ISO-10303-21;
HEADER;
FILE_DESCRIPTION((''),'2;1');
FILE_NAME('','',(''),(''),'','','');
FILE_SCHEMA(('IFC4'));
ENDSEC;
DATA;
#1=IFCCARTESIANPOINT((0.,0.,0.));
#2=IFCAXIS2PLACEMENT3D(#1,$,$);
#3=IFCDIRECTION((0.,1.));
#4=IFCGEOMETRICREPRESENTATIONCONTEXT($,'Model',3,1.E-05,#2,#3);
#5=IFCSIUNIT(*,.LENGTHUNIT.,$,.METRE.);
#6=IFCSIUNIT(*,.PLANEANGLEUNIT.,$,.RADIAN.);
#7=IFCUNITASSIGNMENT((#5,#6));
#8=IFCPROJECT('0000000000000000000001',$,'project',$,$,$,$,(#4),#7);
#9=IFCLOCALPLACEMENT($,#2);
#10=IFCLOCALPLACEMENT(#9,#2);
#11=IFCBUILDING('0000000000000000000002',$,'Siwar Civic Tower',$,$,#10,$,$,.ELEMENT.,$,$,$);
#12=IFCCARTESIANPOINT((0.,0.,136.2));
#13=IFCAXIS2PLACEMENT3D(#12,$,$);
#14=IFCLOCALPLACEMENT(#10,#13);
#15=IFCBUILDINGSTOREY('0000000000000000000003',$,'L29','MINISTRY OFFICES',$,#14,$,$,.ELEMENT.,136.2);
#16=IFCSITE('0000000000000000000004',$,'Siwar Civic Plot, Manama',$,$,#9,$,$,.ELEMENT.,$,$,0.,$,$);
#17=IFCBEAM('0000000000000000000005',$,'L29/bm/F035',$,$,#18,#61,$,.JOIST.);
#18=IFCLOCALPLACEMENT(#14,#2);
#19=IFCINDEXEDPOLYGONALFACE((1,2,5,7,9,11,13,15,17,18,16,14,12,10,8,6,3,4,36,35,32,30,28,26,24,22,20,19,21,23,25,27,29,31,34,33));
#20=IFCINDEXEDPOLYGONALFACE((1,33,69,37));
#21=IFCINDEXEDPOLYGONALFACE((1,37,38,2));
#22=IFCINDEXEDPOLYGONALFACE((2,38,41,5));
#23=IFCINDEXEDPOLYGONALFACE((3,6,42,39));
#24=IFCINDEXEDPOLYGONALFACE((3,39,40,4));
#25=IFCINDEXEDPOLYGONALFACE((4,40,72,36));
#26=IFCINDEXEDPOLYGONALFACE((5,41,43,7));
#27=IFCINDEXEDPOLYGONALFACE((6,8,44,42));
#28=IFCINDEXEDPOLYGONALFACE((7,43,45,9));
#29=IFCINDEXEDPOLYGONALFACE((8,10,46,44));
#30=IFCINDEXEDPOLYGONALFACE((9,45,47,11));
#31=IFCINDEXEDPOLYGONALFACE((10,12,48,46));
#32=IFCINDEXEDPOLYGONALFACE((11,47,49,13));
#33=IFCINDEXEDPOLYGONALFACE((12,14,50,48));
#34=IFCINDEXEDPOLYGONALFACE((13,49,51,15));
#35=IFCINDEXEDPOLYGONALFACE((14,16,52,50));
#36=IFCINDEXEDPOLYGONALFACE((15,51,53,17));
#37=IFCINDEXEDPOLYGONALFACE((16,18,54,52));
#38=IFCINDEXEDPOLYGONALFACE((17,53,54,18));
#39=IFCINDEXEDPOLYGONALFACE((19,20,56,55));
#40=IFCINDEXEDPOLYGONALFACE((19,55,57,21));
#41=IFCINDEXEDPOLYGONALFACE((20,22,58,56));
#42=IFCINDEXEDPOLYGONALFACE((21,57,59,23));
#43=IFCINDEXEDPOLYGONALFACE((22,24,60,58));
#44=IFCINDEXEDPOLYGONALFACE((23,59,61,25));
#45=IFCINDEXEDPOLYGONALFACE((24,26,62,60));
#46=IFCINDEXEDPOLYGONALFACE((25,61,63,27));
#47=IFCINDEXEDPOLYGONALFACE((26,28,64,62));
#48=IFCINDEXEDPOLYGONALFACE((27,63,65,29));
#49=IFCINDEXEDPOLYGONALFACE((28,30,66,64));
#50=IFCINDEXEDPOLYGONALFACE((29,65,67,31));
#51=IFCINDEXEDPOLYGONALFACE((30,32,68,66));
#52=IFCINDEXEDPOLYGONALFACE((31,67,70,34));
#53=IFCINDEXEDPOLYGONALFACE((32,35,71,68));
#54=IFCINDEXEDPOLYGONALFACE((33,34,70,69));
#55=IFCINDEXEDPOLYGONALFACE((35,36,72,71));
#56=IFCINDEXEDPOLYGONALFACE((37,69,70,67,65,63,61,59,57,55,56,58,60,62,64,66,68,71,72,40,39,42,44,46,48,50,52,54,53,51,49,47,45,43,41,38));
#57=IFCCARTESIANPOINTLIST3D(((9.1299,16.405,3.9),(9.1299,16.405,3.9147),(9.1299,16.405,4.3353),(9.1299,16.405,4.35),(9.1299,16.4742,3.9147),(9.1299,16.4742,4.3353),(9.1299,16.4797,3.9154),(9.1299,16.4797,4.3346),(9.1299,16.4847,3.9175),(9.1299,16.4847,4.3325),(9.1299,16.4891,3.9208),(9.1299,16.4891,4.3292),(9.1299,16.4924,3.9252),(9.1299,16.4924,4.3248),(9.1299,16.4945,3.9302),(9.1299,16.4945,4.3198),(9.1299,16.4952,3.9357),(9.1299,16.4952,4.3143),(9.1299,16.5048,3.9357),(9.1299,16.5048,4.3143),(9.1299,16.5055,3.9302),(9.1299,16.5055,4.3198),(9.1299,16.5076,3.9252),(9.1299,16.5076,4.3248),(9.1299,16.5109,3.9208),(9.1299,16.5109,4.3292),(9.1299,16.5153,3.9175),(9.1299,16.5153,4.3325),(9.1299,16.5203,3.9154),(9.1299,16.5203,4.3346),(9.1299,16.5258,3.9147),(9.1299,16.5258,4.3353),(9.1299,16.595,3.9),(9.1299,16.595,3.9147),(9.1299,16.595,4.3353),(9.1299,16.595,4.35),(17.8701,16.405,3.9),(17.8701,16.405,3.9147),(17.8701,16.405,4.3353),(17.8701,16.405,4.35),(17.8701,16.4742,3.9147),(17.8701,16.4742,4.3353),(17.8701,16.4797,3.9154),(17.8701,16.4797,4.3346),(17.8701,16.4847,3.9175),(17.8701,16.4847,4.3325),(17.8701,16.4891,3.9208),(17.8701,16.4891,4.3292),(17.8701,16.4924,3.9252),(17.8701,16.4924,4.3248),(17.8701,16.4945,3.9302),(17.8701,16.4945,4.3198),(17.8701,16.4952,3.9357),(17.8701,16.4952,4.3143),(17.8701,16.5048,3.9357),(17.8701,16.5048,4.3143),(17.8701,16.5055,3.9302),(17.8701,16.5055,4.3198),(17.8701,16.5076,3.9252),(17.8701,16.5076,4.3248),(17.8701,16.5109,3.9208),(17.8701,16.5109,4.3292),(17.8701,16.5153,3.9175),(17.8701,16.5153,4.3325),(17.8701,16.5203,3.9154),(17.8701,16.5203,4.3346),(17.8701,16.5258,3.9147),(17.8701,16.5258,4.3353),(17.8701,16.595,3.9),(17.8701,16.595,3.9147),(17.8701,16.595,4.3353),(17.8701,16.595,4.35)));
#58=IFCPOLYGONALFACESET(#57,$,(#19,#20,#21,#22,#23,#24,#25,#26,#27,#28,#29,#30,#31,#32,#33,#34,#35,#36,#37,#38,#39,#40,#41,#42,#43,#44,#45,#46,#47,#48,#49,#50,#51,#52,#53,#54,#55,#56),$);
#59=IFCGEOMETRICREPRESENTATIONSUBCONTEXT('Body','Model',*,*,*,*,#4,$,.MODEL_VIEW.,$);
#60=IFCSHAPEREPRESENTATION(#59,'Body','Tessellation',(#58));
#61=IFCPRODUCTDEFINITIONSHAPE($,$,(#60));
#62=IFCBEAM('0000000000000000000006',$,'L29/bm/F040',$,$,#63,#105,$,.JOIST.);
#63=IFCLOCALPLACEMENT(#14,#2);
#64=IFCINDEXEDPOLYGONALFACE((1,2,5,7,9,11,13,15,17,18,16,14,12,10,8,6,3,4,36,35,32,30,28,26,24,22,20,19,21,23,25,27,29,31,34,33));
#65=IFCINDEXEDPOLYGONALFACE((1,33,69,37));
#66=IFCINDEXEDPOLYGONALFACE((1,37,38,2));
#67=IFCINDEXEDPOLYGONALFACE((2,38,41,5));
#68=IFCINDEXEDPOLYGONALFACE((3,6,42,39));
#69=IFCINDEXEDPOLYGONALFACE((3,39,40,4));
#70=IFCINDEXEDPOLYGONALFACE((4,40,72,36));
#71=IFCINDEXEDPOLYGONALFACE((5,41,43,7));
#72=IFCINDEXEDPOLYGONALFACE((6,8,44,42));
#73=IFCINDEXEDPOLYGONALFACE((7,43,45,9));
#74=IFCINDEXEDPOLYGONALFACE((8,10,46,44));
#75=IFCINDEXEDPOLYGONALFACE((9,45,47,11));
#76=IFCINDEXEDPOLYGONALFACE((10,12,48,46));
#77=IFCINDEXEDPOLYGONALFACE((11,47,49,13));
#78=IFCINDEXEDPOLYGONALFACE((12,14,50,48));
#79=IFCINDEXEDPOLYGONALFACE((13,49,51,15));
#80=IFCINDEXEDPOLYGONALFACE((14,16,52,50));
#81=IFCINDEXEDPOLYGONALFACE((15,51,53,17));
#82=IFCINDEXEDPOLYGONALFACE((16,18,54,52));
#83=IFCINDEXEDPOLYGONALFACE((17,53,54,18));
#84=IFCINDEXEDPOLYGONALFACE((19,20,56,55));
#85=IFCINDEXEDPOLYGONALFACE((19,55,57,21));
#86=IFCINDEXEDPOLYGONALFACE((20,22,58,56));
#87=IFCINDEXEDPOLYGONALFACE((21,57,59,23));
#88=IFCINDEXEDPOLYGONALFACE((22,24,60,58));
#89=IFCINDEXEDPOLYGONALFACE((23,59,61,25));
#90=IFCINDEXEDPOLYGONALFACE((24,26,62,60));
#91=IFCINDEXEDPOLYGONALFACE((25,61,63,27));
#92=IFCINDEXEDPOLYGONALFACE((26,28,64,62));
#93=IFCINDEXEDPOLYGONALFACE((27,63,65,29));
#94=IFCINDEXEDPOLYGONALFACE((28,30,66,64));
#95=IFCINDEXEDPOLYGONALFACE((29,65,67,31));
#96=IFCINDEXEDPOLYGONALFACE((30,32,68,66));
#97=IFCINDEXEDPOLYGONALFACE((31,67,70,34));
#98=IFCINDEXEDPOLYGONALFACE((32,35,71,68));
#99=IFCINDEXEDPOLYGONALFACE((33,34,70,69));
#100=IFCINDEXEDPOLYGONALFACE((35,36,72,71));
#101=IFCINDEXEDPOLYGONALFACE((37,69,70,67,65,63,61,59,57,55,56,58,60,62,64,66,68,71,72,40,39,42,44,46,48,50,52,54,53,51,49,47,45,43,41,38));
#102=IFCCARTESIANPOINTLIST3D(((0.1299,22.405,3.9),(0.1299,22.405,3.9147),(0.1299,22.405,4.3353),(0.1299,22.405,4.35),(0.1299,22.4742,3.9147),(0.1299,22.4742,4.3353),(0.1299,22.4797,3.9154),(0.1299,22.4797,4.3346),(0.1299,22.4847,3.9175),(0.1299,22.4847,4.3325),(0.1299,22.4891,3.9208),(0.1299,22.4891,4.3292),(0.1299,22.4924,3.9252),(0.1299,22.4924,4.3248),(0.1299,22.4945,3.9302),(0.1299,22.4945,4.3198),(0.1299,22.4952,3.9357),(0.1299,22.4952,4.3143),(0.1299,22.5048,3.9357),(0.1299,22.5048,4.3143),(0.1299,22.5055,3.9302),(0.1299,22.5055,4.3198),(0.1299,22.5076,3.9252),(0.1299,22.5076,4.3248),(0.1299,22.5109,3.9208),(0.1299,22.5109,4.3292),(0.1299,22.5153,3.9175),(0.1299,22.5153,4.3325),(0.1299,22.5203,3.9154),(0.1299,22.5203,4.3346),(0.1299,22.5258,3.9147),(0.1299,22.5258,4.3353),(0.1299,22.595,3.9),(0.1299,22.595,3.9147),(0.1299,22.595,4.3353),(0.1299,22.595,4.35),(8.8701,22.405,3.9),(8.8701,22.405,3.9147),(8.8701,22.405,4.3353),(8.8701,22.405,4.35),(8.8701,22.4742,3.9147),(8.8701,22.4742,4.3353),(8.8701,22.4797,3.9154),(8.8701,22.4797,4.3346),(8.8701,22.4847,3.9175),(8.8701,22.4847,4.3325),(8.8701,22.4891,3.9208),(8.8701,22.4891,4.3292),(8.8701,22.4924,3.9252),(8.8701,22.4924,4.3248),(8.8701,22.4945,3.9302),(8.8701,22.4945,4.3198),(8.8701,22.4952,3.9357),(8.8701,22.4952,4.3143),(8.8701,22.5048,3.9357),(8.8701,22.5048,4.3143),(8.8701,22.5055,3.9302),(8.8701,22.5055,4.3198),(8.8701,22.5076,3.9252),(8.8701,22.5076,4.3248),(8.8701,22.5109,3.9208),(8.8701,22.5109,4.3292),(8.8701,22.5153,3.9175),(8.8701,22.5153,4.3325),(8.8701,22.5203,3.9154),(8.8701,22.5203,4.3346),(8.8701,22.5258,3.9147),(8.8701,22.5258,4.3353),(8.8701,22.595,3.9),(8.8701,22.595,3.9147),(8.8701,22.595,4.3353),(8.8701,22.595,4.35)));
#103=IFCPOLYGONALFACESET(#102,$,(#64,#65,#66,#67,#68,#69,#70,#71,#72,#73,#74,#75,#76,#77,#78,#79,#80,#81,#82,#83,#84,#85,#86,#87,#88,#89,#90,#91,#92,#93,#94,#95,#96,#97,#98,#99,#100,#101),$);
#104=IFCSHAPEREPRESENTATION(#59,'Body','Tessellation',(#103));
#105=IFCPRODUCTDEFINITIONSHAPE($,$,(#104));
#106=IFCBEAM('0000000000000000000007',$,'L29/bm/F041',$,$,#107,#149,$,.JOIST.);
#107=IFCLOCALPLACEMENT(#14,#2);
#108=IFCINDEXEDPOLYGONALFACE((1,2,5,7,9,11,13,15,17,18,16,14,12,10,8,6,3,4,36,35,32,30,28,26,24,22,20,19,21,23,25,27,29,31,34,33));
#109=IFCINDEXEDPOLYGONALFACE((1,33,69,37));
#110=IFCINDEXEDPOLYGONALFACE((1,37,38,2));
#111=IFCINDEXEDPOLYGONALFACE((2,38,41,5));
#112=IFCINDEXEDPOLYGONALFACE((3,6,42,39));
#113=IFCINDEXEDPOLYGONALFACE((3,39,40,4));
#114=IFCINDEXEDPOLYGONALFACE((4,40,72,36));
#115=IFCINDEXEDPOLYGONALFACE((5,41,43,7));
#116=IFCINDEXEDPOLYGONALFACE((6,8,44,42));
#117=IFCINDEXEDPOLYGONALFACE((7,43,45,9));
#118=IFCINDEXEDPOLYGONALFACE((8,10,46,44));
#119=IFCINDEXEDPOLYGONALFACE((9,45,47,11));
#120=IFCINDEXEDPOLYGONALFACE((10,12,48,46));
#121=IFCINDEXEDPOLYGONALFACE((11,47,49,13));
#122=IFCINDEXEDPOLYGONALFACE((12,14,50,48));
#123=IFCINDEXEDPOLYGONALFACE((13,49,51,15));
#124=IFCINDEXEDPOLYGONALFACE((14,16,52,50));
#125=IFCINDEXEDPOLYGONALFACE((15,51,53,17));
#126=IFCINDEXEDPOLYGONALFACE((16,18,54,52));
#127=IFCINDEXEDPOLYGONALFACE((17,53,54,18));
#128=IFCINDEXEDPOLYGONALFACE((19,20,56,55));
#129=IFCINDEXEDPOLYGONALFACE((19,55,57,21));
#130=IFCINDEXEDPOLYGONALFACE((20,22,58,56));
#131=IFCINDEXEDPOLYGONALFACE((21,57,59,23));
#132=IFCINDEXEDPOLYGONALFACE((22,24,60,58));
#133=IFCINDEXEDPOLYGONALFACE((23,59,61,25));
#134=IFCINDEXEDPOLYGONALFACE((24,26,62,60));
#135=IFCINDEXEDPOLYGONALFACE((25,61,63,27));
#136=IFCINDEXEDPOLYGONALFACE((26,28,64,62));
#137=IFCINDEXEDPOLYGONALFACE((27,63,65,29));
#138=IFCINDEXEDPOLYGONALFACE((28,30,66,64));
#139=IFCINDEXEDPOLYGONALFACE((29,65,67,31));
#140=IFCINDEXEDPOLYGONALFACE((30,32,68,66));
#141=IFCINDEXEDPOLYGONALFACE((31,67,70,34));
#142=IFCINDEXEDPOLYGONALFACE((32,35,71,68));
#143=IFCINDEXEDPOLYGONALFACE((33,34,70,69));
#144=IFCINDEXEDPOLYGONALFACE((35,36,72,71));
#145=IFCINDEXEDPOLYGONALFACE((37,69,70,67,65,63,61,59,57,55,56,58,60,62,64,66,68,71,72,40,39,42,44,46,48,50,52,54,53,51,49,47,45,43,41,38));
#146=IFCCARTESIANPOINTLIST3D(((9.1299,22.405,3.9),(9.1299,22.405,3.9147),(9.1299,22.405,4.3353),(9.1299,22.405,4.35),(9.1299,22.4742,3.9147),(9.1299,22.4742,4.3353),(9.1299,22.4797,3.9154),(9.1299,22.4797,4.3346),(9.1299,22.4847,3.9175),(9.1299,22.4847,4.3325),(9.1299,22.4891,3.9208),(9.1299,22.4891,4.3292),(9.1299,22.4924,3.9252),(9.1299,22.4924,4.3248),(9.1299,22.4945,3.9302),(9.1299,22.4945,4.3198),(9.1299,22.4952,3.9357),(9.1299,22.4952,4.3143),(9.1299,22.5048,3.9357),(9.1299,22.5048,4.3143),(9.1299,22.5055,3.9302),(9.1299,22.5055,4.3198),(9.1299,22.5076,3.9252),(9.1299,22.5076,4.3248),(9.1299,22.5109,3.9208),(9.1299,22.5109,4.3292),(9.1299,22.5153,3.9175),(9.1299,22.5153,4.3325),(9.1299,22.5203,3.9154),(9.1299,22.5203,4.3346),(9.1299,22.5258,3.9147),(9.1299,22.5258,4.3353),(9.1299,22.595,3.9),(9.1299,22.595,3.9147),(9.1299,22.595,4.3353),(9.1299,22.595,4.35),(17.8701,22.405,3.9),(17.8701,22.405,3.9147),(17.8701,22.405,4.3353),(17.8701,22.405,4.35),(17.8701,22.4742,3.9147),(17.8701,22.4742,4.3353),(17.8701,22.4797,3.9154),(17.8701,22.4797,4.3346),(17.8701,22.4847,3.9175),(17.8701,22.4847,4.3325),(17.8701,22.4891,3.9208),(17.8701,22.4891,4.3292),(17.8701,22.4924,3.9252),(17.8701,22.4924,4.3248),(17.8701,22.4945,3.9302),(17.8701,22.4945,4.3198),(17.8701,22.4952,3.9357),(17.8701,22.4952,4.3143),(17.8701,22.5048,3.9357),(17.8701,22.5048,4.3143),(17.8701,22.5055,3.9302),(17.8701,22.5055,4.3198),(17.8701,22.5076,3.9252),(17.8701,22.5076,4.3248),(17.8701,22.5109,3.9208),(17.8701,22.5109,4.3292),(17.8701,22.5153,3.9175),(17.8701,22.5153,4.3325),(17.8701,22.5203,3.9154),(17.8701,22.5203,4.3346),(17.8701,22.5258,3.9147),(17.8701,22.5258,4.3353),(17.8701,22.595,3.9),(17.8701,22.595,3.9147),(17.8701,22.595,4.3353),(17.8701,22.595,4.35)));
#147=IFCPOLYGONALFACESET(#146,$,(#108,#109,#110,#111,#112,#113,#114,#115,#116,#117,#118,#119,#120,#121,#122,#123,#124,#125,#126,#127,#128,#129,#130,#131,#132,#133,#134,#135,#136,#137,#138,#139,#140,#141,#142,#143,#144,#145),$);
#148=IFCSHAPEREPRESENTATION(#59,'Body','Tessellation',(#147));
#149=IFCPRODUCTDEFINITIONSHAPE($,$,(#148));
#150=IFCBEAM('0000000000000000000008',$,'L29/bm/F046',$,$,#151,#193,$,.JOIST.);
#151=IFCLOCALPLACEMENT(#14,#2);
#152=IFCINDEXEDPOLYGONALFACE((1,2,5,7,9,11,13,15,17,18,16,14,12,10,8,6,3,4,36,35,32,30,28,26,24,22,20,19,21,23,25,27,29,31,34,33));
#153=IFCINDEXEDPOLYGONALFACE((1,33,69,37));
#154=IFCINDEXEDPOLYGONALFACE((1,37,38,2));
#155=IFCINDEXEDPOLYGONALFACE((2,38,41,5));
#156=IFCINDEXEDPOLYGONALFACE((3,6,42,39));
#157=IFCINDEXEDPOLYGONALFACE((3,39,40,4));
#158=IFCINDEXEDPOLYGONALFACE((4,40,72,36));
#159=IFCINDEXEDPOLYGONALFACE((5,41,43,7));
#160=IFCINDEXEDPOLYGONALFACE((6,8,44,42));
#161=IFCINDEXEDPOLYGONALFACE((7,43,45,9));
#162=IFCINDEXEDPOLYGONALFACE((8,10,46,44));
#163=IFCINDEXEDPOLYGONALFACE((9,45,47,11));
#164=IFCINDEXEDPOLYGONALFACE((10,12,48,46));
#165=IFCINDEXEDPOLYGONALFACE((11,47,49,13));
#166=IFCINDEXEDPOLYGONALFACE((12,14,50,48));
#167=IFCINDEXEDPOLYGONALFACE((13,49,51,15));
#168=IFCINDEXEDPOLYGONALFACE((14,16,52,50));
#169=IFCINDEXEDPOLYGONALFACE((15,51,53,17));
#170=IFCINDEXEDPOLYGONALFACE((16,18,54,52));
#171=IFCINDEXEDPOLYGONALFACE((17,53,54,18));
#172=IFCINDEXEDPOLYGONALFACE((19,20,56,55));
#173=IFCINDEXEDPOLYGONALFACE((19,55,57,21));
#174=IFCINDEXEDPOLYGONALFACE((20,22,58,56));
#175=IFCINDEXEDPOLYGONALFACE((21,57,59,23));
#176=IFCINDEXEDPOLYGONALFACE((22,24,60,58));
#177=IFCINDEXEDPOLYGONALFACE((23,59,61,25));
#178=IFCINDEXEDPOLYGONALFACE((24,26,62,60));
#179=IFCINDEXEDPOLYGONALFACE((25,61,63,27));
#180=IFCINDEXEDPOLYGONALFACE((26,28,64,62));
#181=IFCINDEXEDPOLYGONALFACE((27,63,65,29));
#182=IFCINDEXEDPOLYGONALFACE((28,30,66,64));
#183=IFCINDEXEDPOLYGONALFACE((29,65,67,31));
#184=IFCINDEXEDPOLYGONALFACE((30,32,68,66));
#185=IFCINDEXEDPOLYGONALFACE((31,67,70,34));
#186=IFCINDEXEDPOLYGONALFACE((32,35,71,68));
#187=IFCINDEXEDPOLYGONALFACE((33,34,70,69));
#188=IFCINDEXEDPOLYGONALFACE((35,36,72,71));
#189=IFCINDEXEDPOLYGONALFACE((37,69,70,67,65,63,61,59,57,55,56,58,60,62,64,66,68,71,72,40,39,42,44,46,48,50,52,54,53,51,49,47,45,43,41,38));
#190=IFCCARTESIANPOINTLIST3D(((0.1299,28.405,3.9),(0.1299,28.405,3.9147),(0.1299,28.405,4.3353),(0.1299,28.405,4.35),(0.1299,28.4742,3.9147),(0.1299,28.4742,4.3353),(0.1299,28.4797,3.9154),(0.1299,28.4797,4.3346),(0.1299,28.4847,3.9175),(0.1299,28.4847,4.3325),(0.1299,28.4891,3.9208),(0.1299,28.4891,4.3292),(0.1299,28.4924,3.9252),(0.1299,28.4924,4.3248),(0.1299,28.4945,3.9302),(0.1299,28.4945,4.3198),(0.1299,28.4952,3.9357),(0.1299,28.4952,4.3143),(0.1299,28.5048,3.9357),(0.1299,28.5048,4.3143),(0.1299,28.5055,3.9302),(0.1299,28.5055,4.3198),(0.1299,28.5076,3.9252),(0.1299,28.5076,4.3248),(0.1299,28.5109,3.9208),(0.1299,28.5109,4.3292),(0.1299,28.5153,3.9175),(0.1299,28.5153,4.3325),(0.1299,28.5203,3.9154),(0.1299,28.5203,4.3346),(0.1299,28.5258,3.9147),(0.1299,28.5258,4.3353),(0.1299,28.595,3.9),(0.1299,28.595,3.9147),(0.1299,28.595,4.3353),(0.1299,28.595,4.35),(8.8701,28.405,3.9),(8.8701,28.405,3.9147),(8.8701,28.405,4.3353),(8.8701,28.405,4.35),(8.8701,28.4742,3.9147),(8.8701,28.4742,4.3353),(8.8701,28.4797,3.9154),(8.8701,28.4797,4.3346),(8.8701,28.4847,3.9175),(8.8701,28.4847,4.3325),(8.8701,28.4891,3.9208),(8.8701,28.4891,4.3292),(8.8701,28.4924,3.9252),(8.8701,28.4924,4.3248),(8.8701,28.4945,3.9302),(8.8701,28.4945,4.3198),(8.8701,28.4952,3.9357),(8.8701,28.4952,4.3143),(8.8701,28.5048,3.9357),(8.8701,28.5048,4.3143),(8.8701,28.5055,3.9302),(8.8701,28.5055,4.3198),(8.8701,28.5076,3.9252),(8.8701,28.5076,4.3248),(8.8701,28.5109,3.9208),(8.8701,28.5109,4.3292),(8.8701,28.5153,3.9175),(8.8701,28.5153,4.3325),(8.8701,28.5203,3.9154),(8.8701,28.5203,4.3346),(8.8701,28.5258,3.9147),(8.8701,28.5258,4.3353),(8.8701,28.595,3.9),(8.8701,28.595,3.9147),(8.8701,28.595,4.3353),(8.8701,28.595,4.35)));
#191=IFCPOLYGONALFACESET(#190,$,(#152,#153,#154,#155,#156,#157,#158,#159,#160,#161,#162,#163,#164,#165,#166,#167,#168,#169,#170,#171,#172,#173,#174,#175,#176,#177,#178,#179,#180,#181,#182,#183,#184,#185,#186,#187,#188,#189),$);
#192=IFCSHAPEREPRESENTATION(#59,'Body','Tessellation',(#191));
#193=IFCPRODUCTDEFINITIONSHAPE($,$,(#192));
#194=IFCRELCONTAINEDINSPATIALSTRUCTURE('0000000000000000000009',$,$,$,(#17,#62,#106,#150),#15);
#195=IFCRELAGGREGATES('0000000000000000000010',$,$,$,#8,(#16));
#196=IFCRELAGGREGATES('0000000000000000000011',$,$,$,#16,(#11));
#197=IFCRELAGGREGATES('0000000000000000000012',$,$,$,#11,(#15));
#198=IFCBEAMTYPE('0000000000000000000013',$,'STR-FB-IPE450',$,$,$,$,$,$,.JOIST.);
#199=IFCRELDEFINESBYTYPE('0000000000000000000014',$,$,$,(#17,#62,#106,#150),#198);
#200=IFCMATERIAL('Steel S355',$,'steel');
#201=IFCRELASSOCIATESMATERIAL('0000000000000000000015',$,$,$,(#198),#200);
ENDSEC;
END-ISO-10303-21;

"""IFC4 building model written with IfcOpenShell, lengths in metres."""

from ifc_helpers import new_model, si_unit, direction, frame, origin, origin_2d, place, context, subcontext, project, spatial, i_section, extrude, material, material_profile, profile_set, type_object, element, save


model = new_model("IFC4")

# Units and contexts
model_context = context("Model", 3, precision=1e-05, world=origin(), true_north=direction((0.0, 1.0)))
body_context = subcontext(model_context, "Body", "Model", "MODEL_VIEW")
ifc_project = project(units=[si_unit("LENGTHUNIT", "METRE"), si_unit("PLANEANGLEUNIT", "RADIAN")], contexts=[model_context])

# Site, building, storey
site_placement = place(None, origin())
site = spatial("IfcSite", under=ifc_project, at=site_placement, Name="Siwar Civic Plot, Manama", CompositionType="ELEMENT", RefElevation=0.0)
building_placement = place(site_placement, origin())
building = spatial("IfcBuilding", under=site, at=building_placement, Name="Siwar Civic Tower", CompositionType="ELEMENT")
storey_placement = place(building_placement, frame((0.0, 0.0, 136.2)))
storey = spatial("IfcBuildingStorey", under=building, at=storey_placement, Name="L29", Description="MINISTRY OFFICES", CompositionType="ELEMENT", Elevation=136.2)

# Beams
ifc_material_1 = material(Name="Steel S355", Category="steel")
ifc_material_profile_1 = material_profile(ifc_material_1, i_section(OverallWidth=0.1899, OverallDepth=0.45, WebThickness=0.0095, FlangeThickness=0.0146, FilletRadius=0.021, at=origin_2d()), Name="IPE450")
ifc_profile_set_1 = profile_set([ifc_material_profile_1], Name="Steel S355")
beam_type_1 = type_object("IfcBeamType", Name="STR-FB-IPE450", PredefinedType="JOIST", material=ifc_profile_set_1)
for number, where, z_axis, x_axis, name in (
    (1, (9.1299, 16.5, 4.125), (1.0, 0.0, 0.0), (0.0, 1.0, 0.0), "L29/bm/F035"),
    (2, (0.1299, 22.5, 4.125), (1.0, 0.0, 0.0), (0.0, 1.0, 0.0), "L29/bm/F040"),
    (3, (9.1299, 22.5, 4.125), (1.0, 0.0, 0.0), (0.0, 1.0, 0.0), "L29/bm/F041"),
    (4, (0.1299, 28.5, 4.125), (1.0, 0.0, 0.0), (0.0, 1.0, 0.0), "L29/bm/F046"),
):
    element("IfcBeam", number, at=place(storey_placement, frame(where, z_axis=z_axis, x_axis=x_axis)), inside=storey, type_object=beam_type_1, Name=name, PredefinedType="JOIST", context=body_context, shape_type="SweptSolid", body=[
        extrude(i_section(OverallWidth=0.1899, OverallDepth=0.45, WebThickness=0.0095, FlangeThickness=0.0146, FilletRadius=0.021, at=origin_2d()), origin(), (0.0, 0.0, 1.0), 8.7402),
    ])

save(model, "model.ifc")
